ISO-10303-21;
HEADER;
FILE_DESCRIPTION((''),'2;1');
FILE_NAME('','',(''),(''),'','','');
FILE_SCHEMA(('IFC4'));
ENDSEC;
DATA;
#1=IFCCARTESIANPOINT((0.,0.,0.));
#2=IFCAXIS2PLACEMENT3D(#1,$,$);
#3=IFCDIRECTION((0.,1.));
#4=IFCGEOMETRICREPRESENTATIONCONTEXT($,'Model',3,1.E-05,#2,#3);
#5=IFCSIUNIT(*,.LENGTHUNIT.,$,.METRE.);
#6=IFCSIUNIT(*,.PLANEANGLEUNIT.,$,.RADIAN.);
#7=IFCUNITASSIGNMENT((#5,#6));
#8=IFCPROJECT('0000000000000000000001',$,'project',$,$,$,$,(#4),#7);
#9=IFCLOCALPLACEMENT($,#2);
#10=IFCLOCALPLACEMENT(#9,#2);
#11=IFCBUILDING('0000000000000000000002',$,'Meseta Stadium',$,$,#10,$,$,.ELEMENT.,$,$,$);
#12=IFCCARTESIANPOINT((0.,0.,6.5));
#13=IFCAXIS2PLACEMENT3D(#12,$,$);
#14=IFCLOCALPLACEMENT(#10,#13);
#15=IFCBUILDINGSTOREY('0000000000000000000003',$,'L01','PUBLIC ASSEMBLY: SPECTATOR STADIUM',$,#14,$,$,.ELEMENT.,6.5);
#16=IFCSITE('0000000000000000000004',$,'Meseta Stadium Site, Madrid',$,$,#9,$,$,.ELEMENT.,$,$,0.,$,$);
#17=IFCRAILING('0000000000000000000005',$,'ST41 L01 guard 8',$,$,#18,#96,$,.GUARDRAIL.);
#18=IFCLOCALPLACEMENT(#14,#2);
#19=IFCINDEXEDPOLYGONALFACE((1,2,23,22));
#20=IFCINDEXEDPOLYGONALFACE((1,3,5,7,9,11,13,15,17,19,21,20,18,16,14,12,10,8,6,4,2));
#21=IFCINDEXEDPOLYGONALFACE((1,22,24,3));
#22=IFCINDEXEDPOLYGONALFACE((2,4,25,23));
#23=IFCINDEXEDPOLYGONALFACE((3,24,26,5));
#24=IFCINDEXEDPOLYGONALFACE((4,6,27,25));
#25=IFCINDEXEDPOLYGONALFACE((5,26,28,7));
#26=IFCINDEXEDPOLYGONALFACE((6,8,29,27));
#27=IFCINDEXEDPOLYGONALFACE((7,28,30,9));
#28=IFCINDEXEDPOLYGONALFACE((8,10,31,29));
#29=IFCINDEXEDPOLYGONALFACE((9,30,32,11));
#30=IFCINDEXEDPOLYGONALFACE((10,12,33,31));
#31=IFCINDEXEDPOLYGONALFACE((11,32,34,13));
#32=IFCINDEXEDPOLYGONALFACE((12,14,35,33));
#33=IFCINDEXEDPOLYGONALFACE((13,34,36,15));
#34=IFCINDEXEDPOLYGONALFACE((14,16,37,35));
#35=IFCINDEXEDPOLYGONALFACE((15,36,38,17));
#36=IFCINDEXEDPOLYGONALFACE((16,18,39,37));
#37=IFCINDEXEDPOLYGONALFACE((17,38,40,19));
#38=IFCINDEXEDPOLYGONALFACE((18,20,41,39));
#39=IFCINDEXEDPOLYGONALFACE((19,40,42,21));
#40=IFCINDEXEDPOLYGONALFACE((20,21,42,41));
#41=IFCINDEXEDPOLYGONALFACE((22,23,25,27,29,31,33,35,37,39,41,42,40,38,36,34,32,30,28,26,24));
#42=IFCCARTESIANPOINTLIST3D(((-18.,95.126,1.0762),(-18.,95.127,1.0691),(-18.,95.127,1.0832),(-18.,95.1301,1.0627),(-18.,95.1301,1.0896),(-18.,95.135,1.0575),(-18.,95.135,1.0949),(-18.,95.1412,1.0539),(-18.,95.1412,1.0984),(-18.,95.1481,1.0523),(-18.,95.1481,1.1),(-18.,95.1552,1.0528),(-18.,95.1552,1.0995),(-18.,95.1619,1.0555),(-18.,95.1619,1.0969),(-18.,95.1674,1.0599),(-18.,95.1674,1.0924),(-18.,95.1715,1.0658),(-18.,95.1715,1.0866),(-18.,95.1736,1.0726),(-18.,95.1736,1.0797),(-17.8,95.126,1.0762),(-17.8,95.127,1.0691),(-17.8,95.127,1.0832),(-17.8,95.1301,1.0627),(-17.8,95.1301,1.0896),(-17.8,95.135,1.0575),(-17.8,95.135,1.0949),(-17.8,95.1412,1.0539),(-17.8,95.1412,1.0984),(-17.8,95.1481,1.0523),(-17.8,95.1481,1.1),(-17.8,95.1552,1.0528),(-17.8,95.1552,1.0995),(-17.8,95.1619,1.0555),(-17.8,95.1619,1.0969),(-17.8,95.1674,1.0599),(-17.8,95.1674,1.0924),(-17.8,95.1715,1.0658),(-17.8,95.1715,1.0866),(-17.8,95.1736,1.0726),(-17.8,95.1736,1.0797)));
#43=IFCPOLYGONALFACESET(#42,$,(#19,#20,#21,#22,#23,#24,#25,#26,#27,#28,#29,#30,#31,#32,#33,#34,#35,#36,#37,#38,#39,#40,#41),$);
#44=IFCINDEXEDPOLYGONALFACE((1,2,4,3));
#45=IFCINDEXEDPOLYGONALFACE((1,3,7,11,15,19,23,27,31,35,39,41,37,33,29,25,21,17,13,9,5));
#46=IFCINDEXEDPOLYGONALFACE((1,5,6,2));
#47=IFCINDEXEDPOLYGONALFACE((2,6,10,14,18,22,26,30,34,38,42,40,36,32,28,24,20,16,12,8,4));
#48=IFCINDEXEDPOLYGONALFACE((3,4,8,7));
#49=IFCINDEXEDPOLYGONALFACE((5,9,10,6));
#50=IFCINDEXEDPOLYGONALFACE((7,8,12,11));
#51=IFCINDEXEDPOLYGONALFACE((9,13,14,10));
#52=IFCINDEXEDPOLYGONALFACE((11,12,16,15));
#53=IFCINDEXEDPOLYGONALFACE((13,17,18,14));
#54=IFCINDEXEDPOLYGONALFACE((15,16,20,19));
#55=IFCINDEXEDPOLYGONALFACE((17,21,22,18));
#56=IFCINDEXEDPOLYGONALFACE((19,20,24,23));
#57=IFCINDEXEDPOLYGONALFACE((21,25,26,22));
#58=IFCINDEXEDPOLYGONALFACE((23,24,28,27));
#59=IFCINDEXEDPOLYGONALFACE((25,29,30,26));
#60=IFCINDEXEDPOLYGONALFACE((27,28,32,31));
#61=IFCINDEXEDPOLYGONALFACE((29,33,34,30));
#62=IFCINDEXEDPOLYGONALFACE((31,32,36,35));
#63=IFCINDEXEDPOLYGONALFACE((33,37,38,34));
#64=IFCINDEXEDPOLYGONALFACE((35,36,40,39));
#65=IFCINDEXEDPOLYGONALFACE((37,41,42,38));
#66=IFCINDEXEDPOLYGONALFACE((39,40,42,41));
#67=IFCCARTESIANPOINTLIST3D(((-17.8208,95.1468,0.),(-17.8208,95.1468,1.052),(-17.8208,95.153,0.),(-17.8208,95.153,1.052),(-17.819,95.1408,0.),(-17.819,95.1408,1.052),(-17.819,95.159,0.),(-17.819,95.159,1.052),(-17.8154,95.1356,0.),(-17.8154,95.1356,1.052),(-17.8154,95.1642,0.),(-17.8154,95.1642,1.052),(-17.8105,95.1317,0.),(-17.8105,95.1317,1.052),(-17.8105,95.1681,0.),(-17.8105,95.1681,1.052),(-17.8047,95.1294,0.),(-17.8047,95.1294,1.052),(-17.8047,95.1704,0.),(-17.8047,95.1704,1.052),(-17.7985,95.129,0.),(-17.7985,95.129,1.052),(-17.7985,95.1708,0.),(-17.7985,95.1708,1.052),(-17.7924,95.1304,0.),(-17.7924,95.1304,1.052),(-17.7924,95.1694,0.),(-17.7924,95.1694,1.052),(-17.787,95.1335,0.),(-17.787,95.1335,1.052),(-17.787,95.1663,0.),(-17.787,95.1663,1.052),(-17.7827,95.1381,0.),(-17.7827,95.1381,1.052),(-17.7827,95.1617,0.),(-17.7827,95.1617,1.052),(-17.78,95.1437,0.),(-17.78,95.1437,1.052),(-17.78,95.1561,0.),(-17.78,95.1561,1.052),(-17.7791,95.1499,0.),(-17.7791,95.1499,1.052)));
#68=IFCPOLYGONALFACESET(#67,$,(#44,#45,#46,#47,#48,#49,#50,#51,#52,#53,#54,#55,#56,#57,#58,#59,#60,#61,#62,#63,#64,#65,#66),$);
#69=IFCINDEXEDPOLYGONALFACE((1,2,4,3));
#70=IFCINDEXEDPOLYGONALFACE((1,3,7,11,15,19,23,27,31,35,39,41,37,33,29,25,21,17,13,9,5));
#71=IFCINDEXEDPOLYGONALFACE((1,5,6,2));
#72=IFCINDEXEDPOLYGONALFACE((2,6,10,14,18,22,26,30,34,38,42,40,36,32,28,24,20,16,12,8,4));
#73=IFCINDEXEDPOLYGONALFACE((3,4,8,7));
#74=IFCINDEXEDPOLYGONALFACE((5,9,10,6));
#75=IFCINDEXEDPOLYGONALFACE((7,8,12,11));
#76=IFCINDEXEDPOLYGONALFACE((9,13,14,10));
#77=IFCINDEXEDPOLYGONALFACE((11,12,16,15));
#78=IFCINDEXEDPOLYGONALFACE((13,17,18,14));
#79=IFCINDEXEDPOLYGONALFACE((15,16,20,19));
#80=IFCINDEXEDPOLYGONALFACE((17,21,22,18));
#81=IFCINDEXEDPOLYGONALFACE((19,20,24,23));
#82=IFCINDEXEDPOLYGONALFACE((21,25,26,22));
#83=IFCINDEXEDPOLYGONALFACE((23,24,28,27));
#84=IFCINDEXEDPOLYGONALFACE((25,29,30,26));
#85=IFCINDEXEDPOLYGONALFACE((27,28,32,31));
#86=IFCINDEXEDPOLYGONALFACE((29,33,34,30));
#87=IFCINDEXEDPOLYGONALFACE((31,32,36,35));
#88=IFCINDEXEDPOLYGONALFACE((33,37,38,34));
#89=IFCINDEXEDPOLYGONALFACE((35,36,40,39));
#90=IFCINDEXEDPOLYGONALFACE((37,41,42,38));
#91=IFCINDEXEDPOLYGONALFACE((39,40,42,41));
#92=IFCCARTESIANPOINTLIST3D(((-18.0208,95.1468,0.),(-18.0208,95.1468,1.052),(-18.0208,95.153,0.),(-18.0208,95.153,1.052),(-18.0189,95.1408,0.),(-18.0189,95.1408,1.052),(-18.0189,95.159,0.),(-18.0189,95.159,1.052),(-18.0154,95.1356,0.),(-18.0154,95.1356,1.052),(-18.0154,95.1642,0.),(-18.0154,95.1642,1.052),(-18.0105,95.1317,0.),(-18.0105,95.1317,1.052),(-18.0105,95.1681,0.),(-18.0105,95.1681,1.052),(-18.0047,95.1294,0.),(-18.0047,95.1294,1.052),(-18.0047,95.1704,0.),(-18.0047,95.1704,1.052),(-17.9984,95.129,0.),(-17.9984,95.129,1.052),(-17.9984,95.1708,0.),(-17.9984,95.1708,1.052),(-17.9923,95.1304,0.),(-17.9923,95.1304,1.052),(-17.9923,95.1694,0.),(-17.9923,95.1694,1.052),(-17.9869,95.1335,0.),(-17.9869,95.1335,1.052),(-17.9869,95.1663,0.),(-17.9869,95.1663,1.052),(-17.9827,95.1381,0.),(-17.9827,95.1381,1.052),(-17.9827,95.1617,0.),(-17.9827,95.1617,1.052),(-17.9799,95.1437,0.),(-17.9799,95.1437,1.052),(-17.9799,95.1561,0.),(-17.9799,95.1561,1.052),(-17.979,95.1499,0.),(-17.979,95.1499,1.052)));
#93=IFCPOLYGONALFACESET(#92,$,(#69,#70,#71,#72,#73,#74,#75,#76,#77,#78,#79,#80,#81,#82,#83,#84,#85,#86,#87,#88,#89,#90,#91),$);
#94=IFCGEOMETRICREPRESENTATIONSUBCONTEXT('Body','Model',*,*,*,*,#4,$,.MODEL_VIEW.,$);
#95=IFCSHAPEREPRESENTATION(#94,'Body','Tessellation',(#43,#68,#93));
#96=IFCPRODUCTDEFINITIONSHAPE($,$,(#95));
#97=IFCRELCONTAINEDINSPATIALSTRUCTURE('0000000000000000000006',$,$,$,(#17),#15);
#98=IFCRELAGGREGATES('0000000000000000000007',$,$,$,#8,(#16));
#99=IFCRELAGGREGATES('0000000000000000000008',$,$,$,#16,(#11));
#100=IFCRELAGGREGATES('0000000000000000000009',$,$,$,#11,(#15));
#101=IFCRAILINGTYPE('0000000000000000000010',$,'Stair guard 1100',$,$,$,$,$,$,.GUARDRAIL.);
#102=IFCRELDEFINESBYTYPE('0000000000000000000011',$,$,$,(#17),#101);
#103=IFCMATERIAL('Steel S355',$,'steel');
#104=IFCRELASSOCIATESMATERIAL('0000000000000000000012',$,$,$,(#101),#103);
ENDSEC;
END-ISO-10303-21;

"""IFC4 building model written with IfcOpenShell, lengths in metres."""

from ifc_helpers import new_model, si_unit, direction, frame, origin, origin_2d, place, context, subcontext, project, spatial, circle, extrude, material, type_object, element, save


model = new_model("IFC4")

# Units and contexts
model_context = context("Model", 3, precision=1e-05, world=origin(), true_north=direction((0.0, 1.0)))
body_context = subcontext(model_context, "Body", "Model", "MODEL_VIEW")
ifc_project = project(units=[si_unit("LENGTHUNIT", "METRE"), si_unit("PLANEANGLEUNIT", "RADIAN")], contexts=[model_context])

# Site, building, storey
site_placement = place(None, origin())
site = spatial("IfcSite", under=ifc_project, at=site_placement, Name="Meseta Stadium Site, Madrid", CompositionType="ELEMENT", RefElevation=0.0)
building_placement = place(site_placement, origin())
building = spatial("IfcBuilding", under=site, at=building_placement, Name="Meseta Stadium", CompositionType="ELEMENT")
storey_placement = place(building_placement, frame((0.0, 0.0, 6.5)))
storey = spatial("IfcBuildingStorey", under=building, at=storey_placement, Name="L01", Description="PUBLIC ASSEMBLY: SPECTATOR STADIUM", CompositionType="ELEMENT", Elevation=6.5)

# Railing
ifc_material_1 = material(Name="Steel S355", Category="steel")
railing_type_1 = type_object("IfcRailingType", Name="Stair guard 1100", PredefinedType="GUARDRAIL", material=ifc_material_1)
railing_1_placement = place(storey_placement, frame((-17.8, 95.1499, 0.0)))
element("IfcRailing", 1, at=railing_1_placement, inside=storey, type_object=railing_type_1, Name="ST41 L01 guard 8", PredefinedType="GUARDRAIL", context=body_context, shape_type="SweptSolid", body=[
    extrude(circle(Radius=0.0239, at=origin_2d()), frame((0.0, 0.0, 1.0762), z_axis=(-1.0, 0.0, 0.0), x_axis=(0.0, -1.0, 0.0)), (0.0, 0.0, 1.0), 0.2),
    extrude(circle(Radius=0.021, at=origin_2d()), origin(), (0.0, 0.0, 1.0), 1.052),
    extrude(circle(Radius=0.021, at=origin_2d()), frame((-0.2, 0.0, 0.0)), (0.0, 0.0, 1.0), 1.052),
])

save(model, "model.ifc")
